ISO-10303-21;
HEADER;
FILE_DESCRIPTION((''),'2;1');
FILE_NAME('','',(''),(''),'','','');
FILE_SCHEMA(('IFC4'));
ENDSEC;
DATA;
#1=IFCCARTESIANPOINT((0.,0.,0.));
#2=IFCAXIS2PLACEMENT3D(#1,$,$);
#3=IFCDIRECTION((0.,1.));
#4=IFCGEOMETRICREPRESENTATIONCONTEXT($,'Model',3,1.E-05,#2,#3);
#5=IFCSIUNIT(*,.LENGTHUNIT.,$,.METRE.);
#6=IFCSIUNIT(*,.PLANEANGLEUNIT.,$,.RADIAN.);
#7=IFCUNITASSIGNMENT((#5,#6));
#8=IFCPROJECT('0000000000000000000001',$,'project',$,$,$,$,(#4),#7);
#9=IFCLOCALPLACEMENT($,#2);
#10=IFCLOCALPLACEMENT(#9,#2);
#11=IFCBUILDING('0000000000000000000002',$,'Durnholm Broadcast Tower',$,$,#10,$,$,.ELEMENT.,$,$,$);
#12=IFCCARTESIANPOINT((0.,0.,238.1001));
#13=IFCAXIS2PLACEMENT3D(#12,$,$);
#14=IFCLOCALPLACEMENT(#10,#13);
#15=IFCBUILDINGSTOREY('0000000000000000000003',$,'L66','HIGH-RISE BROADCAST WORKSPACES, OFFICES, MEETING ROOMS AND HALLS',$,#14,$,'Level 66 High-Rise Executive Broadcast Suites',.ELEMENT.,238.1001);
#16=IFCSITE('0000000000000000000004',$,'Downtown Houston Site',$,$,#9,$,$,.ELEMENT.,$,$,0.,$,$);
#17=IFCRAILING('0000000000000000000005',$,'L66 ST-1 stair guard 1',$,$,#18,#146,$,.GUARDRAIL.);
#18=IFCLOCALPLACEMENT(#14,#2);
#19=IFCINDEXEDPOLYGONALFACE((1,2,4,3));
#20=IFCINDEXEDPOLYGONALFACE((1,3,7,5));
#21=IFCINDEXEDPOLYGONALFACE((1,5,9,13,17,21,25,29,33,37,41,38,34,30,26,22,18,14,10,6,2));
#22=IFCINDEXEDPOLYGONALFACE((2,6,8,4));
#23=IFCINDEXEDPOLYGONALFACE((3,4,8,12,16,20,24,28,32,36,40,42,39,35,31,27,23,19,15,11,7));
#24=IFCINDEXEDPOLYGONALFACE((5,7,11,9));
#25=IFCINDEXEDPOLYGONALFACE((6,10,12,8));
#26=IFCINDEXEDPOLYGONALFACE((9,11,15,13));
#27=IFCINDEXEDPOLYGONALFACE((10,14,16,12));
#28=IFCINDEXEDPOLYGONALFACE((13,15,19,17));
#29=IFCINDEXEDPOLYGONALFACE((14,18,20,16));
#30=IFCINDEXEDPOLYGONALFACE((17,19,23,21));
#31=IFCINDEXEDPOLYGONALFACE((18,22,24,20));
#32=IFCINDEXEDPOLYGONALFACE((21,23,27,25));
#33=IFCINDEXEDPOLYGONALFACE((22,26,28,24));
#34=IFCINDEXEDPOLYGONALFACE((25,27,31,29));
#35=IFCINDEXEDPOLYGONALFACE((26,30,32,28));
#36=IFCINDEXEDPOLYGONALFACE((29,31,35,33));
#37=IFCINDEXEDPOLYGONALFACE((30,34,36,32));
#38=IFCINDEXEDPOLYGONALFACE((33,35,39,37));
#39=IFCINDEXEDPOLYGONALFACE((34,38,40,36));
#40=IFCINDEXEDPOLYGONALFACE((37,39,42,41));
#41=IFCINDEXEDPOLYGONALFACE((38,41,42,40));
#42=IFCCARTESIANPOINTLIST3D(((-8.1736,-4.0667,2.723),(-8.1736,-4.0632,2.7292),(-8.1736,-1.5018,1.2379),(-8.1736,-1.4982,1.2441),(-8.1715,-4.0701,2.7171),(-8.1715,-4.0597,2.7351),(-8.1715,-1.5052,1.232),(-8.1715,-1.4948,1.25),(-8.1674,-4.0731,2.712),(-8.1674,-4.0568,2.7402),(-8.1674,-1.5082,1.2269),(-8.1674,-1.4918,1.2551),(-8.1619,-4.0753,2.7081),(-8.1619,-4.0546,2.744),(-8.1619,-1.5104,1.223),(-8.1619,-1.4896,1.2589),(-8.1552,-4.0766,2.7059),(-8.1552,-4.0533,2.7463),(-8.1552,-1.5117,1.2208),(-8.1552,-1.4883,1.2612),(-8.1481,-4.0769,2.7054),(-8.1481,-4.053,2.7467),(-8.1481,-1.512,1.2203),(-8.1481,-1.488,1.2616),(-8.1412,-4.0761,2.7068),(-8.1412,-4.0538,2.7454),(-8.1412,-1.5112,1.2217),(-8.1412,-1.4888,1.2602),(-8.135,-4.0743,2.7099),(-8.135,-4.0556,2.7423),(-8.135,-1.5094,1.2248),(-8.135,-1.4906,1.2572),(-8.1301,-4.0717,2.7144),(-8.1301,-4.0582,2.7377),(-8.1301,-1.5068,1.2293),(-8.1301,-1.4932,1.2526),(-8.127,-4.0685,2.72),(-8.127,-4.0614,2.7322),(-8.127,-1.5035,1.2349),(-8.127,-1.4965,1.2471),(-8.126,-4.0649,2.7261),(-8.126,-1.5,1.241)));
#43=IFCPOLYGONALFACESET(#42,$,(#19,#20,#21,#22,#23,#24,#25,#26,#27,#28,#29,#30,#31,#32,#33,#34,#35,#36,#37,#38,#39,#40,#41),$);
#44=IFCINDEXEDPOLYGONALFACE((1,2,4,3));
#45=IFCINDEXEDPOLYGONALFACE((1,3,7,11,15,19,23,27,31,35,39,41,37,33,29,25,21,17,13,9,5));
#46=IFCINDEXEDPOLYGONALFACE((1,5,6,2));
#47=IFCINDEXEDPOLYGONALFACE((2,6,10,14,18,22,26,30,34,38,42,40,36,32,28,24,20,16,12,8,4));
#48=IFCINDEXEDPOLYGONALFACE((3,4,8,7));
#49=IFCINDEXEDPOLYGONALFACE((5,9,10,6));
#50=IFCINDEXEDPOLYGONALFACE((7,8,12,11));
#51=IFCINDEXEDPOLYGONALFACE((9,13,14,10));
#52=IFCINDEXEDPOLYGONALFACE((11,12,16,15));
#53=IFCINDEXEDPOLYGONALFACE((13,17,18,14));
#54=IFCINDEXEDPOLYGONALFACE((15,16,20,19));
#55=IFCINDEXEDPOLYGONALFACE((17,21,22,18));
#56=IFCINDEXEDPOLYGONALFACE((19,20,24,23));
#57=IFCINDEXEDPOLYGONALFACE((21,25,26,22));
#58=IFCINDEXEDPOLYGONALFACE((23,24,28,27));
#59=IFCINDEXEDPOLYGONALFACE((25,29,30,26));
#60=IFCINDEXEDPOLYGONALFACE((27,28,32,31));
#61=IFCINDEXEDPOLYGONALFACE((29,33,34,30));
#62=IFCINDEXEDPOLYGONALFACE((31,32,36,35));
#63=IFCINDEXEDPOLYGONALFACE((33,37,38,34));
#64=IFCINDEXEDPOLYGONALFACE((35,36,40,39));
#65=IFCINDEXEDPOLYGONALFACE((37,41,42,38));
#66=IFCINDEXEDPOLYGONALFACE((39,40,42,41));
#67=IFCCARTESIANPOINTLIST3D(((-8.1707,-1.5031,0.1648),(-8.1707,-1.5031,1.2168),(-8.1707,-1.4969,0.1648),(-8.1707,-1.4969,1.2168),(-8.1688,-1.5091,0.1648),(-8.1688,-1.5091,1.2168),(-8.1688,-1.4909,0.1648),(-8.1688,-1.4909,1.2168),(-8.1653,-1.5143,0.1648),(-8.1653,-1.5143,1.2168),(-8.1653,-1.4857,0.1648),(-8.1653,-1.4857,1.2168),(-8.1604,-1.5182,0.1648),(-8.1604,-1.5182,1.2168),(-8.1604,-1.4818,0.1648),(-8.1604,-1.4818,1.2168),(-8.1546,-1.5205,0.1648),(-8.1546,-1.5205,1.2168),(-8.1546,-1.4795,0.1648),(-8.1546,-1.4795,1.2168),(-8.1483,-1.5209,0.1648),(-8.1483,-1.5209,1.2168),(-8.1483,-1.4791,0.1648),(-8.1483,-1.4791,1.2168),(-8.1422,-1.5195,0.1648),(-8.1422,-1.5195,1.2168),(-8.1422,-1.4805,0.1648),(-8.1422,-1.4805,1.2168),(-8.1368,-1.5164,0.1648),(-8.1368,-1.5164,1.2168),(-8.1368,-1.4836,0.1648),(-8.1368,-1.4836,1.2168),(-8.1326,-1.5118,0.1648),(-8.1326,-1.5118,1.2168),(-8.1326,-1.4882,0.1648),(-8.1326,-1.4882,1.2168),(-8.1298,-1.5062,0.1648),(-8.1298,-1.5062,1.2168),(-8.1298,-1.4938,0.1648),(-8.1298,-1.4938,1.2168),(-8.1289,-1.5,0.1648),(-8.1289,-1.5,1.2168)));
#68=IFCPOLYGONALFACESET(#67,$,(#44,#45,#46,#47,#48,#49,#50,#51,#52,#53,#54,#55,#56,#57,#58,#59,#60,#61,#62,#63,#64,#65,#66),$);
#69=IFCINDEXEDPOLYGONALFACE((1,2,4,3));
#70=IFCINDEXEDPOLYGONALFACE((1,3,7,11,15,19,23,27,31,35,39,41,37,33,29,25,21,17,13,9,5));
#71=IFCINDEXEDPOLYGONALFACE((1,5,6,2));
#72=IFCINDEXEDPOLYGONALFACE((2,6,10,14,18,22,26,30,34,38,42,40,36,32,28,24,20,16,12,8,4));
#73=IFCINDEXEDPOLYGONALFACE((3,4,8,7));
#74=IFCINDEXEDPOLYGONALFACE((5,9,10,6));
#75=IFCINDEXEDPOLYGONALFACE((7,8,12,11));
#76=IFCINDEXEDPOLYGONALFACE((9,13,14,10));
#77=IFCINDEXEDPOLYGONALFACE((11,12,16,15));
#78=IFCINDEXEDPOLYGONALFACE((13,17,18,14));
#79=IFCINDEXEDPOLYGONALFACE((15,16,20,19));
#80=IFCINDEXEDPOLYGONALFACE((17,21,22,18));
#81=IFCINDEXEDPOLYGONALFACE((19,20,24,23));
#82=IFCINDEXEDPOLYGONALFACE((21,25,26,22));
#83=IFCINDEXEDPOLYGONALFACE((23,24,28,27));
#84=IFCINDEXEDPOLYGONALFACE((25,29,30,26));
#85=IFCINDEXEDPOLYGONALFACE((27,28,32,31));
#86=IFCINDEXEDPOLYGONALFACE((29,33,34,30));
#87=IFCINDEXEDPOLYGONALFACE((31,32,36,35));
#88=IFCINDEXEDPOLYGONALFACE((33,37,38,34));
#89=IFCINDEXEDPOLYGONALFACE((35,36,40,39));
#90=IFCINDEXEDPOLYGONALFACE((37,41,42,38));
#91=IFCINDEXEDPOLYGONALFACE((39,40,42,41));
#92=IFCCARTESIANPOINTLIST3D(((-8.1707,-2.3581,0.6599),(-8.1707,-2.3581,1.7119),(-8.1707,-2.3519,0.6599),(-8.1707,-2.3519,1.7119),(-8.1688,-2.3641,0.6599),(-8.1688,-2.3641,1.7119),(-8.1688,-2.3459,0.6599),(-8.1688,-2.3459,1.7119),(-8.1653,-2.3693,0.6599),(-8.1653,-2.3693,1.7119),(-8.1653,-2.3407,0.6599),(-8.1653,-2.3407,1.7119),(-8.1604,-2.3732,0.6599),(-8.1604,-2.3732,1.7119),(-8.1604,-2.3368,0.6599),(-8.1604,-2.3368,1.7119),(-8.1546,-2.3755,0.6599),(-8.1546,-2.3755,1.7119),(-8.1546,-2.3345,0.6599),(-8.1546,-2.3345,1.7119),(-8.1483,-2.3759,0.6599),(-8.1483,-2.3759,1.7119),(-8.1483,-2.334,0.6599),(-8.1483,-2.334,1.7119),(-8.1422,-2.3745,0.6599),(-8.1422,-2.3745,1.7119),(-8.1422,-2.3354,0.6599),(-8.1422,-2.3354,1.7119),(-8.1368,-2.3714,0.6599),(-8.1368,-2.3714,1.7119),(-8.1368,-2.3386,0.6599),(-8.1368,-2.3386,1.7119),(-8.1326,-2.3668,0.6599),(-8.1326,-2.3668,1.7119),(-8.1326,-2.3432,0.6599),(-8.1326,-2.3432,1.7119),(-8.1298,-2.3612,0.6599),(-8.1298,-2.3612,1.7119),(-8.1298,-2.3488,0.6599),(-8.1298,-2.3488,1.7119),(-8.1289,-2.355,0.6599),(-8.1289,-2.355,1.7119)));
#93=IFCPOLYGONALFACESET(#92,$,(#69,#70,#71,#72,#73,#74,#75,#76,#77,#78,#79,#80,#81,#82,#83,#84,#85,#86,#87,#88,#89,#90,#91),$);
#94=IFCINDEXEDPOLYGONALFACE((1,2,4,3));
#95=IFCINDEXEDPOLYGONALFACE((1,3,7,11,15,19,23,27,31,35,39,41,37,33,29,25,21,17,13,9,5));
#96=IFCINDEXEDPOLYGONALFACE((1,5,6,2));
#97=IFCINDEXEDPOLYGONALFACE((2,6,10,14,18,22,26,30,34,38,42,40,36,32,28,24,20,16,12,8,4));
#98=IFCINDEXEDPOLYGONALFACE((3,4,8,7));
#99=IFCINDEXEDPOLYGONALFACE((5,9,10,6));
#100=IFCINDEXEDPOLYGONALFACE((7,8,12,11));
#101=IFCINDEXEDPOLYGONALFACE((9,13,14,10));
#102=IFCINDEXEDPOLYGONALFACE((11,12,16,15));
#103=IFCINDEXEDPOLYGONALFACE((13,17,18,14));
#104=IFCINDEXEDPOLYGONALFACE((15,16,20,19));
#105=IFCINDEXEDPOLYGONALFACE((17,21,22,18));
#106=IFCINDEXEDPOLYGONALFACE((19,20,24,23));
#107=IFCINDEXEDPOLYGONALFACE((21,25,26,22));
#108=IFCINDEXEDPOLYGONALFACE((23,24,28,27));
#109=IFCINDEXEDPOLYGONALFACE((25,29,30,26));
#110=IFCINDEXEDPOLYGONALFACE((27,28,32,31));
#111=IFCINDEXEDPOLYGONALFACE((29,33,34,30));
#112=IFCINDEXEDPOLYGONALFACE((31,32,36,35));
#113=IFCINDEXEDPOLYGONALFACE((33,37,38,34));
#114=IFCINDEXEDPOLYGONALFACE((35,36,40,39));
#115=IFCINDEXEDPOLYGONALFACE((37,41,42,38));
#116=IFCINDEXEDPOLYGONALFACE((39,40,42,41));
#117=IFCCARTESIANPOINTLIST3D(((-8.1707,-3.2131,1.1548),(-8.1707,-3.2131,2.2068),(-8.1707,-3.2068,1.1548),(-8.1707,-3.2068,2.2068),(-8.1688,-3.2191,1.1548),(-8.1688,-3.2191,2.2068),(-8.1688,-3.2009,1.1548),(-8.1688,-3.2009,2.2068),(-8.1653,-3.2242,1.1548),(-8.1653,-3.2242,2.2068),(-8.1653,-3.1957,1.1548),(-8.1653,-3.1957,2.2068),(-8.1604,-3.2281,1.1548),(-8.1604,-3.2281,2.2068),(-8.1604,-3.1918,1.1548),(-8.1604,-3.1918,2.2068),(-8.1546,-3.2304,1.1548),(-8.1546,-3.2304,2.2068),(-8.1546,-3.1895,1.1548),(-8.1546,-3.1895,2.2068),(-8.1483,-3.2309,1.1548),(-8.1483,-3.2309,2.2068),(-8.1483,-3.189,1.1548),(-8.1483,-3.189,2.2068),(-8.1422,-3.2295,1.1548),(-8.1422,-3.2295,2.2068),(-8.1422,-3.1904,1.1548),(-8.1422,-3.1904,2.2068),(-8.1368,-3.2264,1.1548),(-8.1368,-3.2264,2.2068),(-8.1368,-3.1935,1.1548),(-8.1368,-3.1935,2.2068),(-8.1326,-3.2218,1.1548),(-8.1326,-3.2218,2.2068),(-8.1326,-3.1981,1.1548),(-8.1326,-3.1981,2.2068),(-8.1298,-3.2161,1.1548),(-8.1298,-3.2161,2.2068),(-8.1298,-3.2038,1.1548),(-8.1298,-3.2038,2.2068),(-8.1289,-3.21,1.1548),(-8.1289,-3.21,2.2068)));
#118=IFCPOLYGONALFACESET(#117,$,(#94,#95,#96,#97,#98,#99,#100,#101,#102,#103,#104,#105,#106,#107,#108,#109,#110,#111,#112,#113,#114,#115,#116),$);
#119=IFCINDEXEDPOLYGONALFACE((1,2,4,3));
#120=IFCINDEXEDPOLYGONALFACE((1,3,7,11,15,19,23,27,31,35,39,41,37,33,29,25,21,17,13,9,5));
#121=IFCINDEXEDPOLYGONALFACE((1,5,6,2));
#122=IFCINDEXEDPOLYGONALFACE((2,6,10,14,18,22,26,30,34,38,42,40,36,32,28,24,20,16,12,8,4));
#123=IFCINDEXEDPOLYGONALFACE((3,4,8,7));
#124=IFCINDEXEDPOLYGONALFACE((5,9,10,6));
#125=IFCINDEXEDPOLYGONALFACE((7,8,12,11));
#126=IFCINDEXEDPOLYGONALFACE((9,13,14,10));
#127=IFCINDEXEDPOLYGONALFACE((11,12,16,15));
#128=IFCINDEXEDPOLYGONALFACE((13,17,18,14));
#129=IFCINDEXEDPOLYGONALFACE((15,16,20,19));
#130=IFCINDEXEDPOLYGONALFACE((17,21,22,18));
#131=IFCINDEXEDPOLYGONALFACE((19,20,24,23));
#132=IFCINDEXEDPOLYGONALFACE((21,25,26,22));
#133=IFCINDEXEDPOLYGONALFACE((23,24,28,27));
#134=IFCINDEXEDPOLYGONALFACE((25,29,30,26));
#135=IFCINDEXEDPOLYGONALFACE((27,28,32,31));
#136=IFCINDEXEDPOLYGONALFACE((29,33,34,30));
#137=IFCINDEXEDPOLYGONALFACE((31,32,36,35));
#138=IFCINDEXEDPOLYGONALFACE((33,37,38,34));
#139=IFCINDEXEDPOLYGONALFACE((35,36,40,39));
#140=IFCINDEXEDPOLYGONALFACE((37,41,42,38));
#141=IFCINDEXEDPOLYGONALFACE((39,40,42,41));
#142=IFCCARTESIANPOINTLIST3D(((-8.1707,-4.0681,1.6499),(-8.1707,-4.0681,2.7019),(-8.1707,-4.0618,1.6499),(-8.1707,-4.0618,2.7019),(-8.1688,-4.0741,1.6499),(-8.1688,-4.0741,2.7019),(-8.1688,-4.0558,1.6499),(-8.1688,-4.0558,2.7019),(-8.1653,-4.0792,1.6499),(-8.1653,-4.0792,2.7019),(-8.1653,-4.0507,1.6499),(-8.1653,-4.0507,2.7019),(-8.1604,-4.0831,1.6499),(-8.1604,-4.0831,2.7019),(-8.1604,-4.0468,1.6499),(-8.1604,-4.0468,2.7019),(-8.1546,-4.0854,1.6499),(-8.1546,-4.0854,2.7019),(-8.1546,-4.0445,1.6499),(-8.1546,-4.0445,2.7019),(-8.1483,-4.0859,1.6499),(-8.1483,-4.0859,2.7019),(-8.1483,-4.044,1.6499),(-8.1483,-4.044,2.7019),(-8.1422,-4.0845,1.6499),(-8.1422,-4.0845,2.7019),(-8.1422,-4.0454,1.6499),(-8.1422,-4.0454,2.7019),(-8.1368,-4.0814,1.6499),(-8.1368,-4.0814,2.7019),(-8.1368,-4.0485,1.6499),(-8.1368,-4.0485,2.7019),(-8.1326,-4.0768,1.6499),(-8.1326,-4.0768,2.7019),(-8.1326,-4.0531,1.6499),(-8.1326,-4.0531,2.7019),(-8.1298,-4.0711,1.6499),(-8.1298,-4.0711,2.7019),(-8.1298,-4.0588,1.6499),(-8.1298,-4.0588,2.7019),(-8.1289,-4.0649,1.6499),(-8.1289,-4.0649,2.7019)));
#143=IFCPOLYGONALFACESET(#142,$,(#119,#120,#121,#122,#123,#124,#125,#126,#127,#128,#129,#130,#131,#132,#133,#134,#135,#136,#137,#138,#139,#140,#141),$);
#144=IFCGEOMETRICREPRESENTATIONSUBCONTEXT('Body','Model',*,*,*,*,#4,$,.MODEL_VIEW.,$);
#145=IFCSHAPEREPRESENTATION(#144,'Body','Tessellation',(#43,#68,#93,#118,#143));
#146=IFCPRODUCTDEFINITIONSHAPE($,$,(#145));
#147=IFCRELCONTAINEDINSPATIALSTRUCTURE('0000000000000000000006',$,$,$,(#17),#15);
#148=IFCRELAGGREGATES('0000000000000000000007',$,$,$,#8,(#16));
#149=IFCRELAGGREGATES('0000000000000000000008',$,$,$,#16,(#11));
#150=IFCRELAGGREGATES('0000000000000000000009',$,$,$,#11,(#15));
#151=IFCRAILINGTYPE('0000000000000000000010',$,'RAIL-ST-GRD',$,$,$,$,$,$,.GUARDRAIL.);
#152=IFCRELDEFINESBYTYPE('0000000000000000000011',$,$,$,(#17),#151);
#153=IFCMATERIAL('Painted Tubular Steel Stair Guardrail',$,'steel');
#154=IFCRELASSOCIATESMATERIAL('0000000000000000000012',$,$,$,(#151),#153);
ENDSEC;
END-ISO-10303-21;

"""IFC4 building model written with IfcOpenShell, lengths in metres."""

from ifc_helpers import new_model, si_unit, direction, frame, origin, origin_2d, place, context, subcontext, project, spatial, circle, extrude, material, type_object, element, save


model = new_model("IFC4")

# Units and contexts
model_context = context("Model", 3, precision=1e-05, world=origin(), true_north=direction((0.0, 1.0)))
body_context = subcontext(model_context, "Body", "Model", "MODEL_VIEW")
ifc_project = project(units=[si_unit("LENGTHUNIT", "METRE"), si_unit("PLANEANGLEUNIT", "RADIAN")], contexts=[model_context])

# Site, building, storey
site_placement = place(None, origin())
site = spatial("IfcSite", under=ifc_project, at=site_placement, Name="Downtown Houston Site", CompositionType="ELEMENT", RefElevation=0.0)
building_placement = place(site_placement, origin())
building = spatial("IfcBuilding", under=site, at=building_placement, Name="Durnholm Broadcast Tower", CompositionType="ELEMENT")
storey_placement = place(building_placement, frame((0.0, 0.0, 238.1001)))
storey = spatial("IfcBuildingStorey", under=building, at=storey_placement, Name="L66", Description="HIGH-RISE BROADCAST WORKSPACES, OFFICES, MEETING ROOMS AND HALLS", LongName="Level 66 High-Rise Executive Broadcast Suites", CompositionType="ELEMENT", Elevation=238.1001)

# Railing
ifc_material_1 = material(Name="Painted Tubular Steel Stair Guardrail", Category="steel")
railing_type_1 = type_object("IfcRailingType", Name="RAIL-ST-GRD", PredefinedType="GUARDRAIL", material=ifc_material_1)
railing_1_placement = place(storey_placement, frame((-8.1499, -1.5, 0.1648)))
element("IfcRailing", 1, at=railing_1_placement, inside=storey, type_object=railing_type_1, Name="L66 ST-1 stair guard 1", PredefinedType="GUARDRAIL", context=body_context, shape_type="SweptSolid", body=[
    extrude(circle(Radius=0.0239, at=origin_2d()), frame((0.0, 0.0, 1.0762), z_axis=(0.0, -0.865406, 0.501072), x_axis=(1.0, 0.0, 0.0)), (0.0, 0.0, 1.0), 2.9639),
    extrude(circle(Radius=0.021, at=origin_2d()), origin(), (0.0, 0.0, 1.0), 1.052),
    extrude(circle(Radius=0.021, at=origin_2d()), frame((0.0, -0.855, 0.4951)), (0.0, 0.0, 1.0), 1.052),
    extrude(circle(Radius=0.021, at=origin_2d()), frame((0.0, -1.71, 0.99)), (0.0, 0.0, 1.0), 1.052),
    extrude(circle(Radius=0.021, at=origin_2d()), frame((0.0, -2.5649, 1.4851)), (0.0, 0.0, 1.0), 1.052),
])

save(model, "model.ifc")
